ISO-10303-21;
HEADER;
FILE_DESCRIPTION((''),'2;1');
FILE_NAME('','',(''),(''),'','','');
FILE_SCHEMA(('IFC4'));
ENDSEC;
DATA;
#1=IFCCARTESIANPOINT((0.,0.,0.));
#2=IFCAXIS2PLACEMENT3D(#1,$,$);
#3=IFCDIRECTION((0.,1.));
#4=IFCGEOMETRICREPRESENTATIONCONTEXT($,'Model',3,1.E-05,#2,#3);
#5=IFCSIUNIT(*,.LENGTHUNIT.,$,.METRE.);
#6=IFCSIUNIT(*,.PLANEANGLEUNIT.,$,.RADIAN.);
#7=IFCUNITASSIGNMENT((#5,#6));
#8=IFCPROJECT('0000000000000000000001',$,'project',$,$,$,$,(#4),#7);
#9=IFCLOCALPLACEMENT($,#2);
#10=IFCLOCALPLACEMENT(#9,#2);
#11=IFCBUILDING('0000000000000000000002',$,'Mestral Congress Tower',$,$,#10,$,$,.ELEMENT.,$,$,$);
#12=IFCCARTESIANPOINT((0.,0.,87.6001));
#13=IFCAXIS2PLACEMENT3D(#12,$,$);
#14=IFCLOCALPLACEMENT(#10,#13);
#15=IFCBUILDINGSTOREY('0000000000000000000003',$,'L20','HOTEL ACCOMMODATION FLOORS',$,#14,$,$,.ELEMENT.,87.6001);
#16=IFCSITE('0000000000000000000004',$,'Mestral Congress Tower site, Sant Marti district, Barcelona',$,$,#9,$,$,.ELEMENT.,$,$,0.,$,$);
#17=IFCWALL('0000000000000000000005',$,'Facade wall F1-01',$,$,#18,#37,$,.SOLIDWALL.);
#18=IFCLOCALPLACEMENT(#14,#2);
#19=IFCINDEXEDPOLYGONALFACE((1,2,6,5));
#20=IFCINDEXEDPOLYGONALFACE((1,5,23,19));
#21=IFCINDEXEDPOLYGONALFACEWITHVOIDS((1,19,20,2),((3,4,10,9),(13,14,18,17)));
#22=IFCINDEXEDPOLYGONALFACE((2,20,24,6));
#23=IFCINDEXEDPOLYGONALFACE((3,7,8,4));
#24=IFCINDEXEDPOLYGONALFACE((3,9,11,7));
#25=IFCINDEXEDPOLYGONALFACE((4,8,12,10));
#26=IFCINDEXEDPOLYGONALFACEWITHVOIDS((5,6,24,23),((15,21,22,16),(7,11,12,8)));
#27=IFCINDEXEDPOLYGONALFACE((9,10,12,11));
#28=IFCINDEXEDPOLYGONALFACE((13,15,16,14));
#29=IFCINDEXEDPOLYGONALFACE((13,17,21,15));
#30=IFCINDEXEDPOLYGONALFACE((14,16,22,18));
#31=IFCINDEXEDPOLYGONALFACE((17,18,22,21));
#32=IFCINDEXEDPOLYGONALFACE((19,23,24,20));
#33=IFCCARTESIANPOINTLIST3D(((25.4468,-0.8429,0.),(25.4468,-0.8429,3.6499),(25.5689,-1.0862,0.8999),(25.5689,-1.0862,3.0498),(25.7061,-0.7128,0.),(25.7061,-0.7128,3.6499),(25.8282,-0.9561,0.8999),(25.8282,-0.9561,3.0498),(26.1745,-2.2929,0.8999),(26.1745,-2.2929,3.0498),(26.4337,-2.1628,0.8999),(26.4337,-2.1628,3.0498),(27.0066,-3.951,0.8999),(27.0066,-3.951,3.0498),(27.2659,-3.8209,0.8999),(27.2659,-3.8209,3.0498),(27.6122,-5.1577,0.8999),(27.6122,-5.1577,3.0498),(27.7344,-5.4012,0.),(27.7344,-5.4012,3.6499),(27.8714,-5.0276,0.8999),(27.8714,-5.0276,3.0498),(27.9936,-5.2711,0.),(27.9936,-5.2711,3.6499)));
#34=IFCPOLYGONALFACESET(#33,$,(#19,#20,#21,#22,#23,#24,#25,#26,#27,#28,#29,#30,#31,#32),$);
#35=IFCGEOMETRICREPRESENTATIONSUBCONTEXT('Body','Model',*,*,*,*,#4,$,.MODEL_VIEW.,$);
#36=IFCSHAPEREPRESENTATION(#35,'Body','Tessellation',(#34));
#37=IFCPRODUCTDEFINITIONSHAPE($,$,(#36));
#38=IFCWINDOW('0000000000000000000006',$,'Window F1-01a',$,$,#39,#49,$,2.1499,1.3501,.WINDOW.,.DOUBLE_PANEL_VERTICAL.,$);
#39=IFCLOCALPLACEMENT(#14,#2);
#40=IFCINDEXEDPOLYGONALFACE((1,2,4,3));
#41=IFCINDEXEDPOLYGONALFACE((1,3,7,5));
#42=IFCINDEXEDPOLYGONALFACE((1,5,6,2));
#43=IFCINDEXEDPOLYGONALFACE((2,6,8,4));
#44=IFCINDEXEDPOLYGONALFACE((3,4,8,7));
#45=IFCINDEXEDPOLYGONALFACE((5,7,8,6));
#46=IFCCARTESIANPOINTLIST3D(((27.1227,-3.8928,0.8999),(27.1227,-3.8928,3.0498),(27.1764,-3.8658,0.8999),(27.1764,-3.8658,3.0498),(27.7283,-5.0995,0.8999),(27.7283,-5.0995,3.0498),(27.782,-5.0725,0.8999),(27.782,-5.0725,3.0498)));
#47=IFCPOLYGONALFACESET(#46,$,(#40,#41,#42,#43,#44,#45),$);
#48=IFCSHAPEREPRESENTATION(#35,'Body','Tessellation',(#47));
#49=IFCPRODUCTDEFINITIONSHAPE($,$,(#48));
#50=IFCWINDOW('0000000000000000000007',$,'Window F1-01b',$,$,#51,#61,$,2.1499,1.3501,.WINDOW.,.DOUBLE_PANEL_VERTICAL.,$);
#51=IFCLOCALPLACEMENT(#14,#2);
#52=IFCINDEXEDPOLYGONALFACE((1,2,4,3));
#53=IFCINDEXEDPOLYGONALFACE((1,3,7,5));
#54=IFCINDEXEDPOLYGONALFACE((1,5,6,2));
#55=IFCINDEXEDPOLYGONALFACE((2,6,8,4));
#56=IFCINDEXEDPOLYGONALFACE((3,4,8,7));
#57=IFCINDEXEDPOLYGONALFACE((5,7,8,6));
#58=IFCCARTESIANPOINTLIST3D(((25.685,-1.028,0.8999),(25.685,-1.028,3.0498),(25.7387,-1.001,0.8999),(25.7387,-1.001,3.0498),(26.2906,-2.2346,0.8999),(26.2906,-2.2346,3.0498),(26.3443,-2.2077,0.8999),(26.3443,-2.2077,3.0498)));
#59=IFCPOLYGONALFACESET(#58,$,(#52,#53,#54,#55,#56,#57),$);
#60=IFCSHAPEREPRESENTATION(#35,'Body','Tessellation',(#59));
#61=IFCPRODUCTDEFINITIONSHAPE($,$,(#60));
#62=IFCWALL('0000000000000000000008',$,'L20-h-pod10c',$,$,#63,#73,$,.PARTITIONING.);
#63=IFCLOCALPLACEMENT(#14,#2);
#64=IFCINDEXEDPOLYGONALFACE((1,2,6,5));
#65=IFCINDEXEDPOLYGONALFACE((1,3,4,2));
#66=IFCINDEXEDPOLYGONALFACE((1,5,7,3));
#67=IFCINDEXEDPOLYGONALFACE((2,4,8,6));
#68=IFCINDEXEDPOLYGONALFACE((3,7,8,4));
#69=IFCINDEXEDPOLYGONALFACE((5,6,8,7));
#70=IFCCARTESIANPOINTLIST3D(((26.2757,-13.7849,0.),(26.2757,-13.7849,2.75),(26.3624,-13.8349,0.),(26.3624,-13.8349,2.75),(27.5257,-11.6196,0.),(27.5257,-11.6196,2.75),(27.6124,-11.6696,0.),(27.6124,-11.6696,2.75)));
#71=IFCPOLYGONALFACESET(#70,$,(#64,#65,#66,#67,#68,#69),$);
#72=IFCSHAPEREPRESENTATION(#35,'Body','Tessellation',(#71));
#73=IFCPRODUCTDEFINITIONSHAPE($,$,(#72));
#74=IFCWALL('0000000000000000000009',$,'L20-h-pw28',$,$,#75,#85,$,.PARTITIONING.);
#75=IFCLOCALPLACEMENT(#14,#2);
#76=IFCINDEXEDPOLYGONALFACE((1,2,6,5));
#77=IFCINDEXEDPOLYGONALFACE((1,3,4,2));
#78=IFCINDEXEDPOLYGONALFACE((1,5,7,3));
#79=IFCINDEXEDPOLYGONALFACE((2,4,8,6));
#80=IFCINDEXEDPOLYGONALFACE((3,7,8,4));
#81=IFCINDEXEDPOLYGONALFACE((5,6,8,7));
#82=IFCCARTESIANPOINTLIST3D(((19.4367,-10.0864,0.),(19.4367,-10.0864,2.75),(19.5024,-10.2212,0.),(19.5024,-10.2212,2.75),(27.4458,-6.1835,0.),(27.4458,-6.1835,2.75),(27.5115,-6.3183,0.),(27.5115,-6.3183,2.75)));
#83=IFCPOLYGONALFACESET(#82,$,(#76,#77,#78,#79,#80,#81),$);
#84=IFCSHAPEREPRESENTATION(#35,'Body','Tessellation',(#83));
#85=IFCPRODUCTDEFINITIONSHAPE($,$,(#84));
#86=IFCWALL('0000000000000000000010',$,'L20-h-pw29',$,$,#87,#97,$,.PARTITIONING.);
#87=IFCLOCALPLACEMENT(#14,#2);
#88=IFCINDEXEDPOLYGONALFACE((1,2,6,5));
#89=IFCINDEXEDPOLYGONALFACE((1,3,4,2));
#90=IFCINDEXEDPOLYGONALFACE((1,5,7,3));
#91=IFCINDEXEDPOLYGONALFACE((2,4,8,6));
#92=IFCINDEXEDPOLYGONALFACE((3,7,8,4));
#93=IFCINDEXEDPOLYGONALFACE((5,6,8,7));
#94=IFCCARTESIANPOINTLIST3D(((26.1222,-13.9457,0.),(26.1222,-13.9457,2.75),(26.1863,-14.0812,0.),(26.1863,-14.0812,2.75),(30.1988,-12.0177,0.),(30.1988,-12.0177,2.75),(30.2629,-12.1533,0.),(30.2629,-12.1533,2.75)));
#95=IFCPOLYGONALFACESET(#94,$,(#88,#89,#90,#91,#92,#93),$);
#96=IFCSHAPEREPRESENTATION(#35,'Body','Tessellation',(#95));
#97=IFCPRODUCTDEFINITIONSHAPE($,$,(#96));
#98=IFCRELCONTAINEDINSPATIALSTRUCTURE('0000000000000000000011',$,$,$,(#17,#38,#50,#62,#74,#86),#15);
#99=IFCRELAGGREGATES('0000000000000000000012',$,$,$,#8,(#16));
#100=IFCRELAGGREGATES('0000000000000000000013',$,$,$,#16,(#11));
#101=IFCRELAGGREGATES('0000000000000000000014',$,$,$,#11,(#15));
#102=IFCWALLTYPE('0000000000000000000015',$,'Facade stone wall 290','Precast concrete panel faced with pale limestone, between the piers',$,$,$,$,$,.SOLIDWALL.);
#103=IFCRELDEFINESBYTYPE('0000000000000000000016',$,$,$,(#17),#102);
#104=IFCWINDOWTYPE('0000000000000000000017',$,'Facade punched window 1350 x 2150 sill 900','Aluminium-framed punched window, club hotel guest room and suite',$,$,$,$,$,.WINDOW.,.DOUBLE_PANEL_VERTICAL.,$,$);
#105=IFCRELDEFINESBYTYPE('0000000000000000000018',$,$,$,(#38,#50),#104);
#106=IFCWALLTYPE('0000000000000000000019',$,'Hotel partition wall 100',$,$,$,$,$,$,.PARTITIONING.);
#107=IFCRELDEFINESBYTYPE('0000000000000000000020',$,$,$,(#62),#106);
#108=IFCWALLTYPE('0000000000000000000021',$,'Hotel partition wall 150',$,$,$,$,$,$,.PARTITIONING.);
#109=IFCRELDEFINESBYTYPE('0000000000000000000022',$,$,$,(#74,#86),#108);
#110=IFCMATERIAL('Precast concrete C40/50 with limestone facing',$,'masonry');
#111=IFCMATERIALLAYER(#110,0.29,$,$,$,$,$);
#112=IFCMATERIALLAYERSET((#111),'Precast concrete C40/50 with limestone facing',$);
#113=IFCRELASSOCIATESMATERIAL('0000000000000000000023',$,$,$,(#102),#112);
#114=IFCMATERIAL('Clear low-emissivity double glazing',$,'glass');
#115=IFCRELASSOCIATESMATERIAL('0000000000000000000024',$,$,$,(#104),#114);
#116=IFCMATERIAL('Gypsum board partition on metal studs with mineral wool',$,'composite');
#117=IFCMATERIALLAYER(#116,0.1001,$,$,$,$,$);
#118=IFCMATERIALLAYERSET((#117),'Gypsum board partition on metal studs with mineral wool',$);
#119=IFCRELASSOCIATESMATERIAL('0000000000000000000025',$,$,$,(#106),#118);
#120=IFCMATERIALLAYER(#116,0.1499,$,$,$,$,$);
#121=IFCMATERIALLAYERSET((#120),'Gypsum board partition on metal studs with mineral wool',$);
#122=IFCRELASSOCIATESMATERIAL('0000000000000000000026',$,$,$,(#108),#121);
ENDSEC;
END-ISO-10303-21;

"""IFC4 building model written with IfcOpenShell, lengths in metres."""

from ifc_helpers import new_model, si_unit, direction, frame, frame_2d, origin, place, context, subcontext, project, spatial, rectangle, extrude, material, layer, layer_set, type_object, element, fill, save


model = new_model("IFC4")

# Units and contexts
model_context = context("Model", 3, precision=1e-05, world=origin(), true_north=direction((0.0, 1.0)))
body_context = subcontext(model_context, "Body", "Model", "MODEL_VIEW")
ifc_project = project(units=[si_unit("LENGTHUNIT", "METRE"), si_unit("PLANEANGLEUNIT", "RADIAN")], contexts=[model_context])

# Site, building, storey
site_placement = place(None, origin())
site = spatial("IfcSite", under=ifc_project, at=site_placement, Name="Mestral Congress Tower site, Sant Marti district, Barcelona", CompositionType="ELEMENT", RefElevation=0.0)
building_placement = place(site_placement, origin())
building = spatial("IfcBuilding", under=site, at=building_placement, Name="Mestral Congress Tower", CompositionType="ELEMENT")
storey_placement = place(building_placement, frame((0.0, 0.0, 87.6001)))
storey = spatial("IfcBuildingStorey", under=building, at=storey_placement, Name="L20", Description="HOTEL ACCOMMODATION FLOORS", CompositionType="ELEMENT", Elevation=87.6001)

# Shared definitions
ifc_material_1 = material(Name="Precast concrete C40/50 with limestone facing", Category="masonry")
ifc_layer_1 = layer(ifc_material_1, 0.29)
ifc_layer_set_1 = layer_set([ifc_layer_1], Name="Precast concrete C40/50 with limestone facing")
wall_type_1 = type_object("IfcWallType", Name="Facade stone wall 290", Description="Precast concrete panel faced with pale limestone, between the piers", PredefinedType="SOLIDWALL", material=ifc_layer_set_1)
ifc_material_2 = material(Name="Clear low-emissivity double glazing", Category="glass")

# Wall, openings, windows
window_type_1 = type_object("IfcWindowType", Name="Facade punched window 1350 x 2150 sill 900", Description="Aluminium-framed punched window, club hotel guest room and suite", PartitioningType="DOUBLE_PANEL_VERTICAL", PredefinedType="WINDOW", material=ifc_material_2)
wall_1_placement = place(storey_placement, frame((27.864, -5.3362, 0.0), z_axis=(0.0, 0.0, 1.0), x_axis=(-0.448534, 0.893766, 0.0)))
wall_1 = element("IfcWall", 1, at=wall_1_placement, inside=storey, type_object=wall_type_1, Name="Facade wall F1-01", PredefinedType="SOLIDWALL", context=body_context, shape_type="SweptSolid", body=[
    extrude(rectangle(XDim=5.1001, YDim=0.29, at=frame_2d((2.55, 0.0))), origin(), (0.0, 0.0, 1.0), 3.6499),
])
opening_1_placement = place(wall_1_placement, frame((0.2725, 0.0, 0.8999)))
opening_1 = element("IfcOpeningElement", 2, at=opening_1_placement, cuts=wall_1, PredefinedType="OPENING", context=body_context, shape_type="SweptSolid", body=[
    extrude(rectangle(XDim=1.3501, YDim=2.1499, at=frame_2d((0.675, 1.075))), frame((0.0, 0.155, 0.0), z_axis=(0.0, -1.0, 0.0), x_axis=(1.0, 0.0, 0.0)), (0.0, 0.0, 1.0), 0.3101),
])
opening_2_placement = place(wall_1_placement, frame((3.4778, 0.0, 0.8999)))
opening_2 = element("IfcOpeningElement", 3, at=opening_2_placement, cuts=wall_1, PredefinedType="OPENING", context=body_context, shape_type="SweptSolid", body=[
    extrude(rectangle(XDim=1.3501, YDim=2.1499, at=frame_2d((0.675, 1.075))), frame((0.0, 0.155, 0.0), z_axis=(0.0, -1.0, 0.0), x_axis=(1.0, 0.0, 0.0)), (0.0, 0.0, 1.0), 0.3101),
])
window_1_placement = place(opening_1_placement, origin())
window_1 = element("IfcWindow", 4, at=window_1_placement, inside=storey, type_object=window_type_1, Name="Window F1-01a", OverallHeight=2.1499, OverallWidth=1.3501, PartitioningType="DOUBLE_PANEL_VERTICAL", PredefinedType="WINDOW", context=body_context, shape_type="SweptSolid", body=[
    extrude(rectangle(XDim=1.3501, YDim=2.1499, at=frame_2d((0.675, 1.075))), frame((0.0, 0.0151, 0.0), z_axis=(0.0, -1.0, 0.0), x_axis=(1.0, 0.0, 0.0)), (0.0, 0.0, 1.0), 0.0601),
])
fill(opening_1, window_1)
window_2_placement = place(opening_2_placement, origin())
window_2 = element("IfcWindow", 5, at=window_2_placement, inside=storey, type_object=window_type_1, Name="Window F1-01b", OverallHeight=2.1499, OverallWidth=1.3501, PartitioningType="DOUBLE_PANEL_VERTICAL", PredefinedType="WINDOW", context=body_context, shape_type="SweptSolid", body=[
    extrude(rectangle(XDim=1.3501, YDim=2.1499, at=frame_2d((0.675, 1.075))), frame((0.0, 0.0151, 0.0), z_axis=(0.0, -1.0, 0.0), x_axis=(1.0, 0.0, 0.0)), (0.0, 0.0, 1.0), 0.0601),
])
fill(opening_2, window_2)

# Walls
ifc_material_3 = material(Name="Gypsum board partition on metal studs with mineral wool", Category="composite")
ifc_layer_2 = layer(ifc_material_3, 0.1001)
ifc_layer_set_2 = layer_set([ifc_layer_2], Name="Gypsum board partition on metal studs with mineral wool")
wall_type_2 = type_object("IfcWallType", Name="Hotel partition wall 100", PredefinedType="PARTITIONING", material=ifc_layer_set_2)
wall_2_placement = place(storey_placement, frame((26.3191, -13.8098, 0.0), z_axis=(0.0, 0.0, 1.0), x_axis=(0.499962, 0.866047, 0.0)))
element("IfcWall", 6, at=wall_2_placement, inside=storey, type_object=wall_type_2, Name="L20-h-pod10c", PredefinedType="PARTITIONING", context=body_context, shape_type="SweptSolid", body=[
    extrude(rectangle(XDim=2.5002, YDim=0.1001, at=frame_2d((1.25, 0.0))), origin(), (0.0, 0.0, 1.0), 2.75),
])
ifc_layer_3 = layer(ifc_material_3, 0.1499)
ifc_layer_set_3 = layer_set([ifc_layer_3], Name="Gypsum board partition on metal studs with mineral wool")
wall_type_3 = type_object("IfcWallType", Name="Hotel partition wall 150", PredefinedType="PARTITIONING", material=ifc_layer_set_3)
wall_3_placement = place(storey_placement, frame((27.4785, -6.251, 0.0), z_axis=(0.0, 0.0, 1.0), x_axis=(-0.898946, -0.43806, 0.0)))
element("IfcWall", 7, at=wall_3_placement, inside=storey, type_object=wall_type_3, Name="L20-h-pw28", PredefinedType="PARTITIONING", context=body_context, shape_type="SweptSolid", body=[
    extrude(rectangle(XDim=8.9094, YDim=0.1499, at=frame_2d((4.4546, 0.0))), origin(), (0.0, 0.0, 1.0), 2.75),
])
wall_4_placement = place(storey_placement, frame((30.231, -12.0854, 0.0), z_axis=(0.0, 0.0, 1.0), x_axis=(-0.904001, -0.42753, 0.0)))
element("IfcWall", 8, at=wall_4_placement, inside=storey, type_object=wall_type_3, Name="L20-h-pw29", PredefinedType="PARTITIONING", context=body_context, shape_type="SweptSolid", body=[
    extrude(rectangle(XDim=4.5095, YDim=0.1499, at=frame_2d((2.2549, 0.0))), origin(), (0.0, 0.0, 1.0), 2.75),
])

save(model, "model.ifc")
